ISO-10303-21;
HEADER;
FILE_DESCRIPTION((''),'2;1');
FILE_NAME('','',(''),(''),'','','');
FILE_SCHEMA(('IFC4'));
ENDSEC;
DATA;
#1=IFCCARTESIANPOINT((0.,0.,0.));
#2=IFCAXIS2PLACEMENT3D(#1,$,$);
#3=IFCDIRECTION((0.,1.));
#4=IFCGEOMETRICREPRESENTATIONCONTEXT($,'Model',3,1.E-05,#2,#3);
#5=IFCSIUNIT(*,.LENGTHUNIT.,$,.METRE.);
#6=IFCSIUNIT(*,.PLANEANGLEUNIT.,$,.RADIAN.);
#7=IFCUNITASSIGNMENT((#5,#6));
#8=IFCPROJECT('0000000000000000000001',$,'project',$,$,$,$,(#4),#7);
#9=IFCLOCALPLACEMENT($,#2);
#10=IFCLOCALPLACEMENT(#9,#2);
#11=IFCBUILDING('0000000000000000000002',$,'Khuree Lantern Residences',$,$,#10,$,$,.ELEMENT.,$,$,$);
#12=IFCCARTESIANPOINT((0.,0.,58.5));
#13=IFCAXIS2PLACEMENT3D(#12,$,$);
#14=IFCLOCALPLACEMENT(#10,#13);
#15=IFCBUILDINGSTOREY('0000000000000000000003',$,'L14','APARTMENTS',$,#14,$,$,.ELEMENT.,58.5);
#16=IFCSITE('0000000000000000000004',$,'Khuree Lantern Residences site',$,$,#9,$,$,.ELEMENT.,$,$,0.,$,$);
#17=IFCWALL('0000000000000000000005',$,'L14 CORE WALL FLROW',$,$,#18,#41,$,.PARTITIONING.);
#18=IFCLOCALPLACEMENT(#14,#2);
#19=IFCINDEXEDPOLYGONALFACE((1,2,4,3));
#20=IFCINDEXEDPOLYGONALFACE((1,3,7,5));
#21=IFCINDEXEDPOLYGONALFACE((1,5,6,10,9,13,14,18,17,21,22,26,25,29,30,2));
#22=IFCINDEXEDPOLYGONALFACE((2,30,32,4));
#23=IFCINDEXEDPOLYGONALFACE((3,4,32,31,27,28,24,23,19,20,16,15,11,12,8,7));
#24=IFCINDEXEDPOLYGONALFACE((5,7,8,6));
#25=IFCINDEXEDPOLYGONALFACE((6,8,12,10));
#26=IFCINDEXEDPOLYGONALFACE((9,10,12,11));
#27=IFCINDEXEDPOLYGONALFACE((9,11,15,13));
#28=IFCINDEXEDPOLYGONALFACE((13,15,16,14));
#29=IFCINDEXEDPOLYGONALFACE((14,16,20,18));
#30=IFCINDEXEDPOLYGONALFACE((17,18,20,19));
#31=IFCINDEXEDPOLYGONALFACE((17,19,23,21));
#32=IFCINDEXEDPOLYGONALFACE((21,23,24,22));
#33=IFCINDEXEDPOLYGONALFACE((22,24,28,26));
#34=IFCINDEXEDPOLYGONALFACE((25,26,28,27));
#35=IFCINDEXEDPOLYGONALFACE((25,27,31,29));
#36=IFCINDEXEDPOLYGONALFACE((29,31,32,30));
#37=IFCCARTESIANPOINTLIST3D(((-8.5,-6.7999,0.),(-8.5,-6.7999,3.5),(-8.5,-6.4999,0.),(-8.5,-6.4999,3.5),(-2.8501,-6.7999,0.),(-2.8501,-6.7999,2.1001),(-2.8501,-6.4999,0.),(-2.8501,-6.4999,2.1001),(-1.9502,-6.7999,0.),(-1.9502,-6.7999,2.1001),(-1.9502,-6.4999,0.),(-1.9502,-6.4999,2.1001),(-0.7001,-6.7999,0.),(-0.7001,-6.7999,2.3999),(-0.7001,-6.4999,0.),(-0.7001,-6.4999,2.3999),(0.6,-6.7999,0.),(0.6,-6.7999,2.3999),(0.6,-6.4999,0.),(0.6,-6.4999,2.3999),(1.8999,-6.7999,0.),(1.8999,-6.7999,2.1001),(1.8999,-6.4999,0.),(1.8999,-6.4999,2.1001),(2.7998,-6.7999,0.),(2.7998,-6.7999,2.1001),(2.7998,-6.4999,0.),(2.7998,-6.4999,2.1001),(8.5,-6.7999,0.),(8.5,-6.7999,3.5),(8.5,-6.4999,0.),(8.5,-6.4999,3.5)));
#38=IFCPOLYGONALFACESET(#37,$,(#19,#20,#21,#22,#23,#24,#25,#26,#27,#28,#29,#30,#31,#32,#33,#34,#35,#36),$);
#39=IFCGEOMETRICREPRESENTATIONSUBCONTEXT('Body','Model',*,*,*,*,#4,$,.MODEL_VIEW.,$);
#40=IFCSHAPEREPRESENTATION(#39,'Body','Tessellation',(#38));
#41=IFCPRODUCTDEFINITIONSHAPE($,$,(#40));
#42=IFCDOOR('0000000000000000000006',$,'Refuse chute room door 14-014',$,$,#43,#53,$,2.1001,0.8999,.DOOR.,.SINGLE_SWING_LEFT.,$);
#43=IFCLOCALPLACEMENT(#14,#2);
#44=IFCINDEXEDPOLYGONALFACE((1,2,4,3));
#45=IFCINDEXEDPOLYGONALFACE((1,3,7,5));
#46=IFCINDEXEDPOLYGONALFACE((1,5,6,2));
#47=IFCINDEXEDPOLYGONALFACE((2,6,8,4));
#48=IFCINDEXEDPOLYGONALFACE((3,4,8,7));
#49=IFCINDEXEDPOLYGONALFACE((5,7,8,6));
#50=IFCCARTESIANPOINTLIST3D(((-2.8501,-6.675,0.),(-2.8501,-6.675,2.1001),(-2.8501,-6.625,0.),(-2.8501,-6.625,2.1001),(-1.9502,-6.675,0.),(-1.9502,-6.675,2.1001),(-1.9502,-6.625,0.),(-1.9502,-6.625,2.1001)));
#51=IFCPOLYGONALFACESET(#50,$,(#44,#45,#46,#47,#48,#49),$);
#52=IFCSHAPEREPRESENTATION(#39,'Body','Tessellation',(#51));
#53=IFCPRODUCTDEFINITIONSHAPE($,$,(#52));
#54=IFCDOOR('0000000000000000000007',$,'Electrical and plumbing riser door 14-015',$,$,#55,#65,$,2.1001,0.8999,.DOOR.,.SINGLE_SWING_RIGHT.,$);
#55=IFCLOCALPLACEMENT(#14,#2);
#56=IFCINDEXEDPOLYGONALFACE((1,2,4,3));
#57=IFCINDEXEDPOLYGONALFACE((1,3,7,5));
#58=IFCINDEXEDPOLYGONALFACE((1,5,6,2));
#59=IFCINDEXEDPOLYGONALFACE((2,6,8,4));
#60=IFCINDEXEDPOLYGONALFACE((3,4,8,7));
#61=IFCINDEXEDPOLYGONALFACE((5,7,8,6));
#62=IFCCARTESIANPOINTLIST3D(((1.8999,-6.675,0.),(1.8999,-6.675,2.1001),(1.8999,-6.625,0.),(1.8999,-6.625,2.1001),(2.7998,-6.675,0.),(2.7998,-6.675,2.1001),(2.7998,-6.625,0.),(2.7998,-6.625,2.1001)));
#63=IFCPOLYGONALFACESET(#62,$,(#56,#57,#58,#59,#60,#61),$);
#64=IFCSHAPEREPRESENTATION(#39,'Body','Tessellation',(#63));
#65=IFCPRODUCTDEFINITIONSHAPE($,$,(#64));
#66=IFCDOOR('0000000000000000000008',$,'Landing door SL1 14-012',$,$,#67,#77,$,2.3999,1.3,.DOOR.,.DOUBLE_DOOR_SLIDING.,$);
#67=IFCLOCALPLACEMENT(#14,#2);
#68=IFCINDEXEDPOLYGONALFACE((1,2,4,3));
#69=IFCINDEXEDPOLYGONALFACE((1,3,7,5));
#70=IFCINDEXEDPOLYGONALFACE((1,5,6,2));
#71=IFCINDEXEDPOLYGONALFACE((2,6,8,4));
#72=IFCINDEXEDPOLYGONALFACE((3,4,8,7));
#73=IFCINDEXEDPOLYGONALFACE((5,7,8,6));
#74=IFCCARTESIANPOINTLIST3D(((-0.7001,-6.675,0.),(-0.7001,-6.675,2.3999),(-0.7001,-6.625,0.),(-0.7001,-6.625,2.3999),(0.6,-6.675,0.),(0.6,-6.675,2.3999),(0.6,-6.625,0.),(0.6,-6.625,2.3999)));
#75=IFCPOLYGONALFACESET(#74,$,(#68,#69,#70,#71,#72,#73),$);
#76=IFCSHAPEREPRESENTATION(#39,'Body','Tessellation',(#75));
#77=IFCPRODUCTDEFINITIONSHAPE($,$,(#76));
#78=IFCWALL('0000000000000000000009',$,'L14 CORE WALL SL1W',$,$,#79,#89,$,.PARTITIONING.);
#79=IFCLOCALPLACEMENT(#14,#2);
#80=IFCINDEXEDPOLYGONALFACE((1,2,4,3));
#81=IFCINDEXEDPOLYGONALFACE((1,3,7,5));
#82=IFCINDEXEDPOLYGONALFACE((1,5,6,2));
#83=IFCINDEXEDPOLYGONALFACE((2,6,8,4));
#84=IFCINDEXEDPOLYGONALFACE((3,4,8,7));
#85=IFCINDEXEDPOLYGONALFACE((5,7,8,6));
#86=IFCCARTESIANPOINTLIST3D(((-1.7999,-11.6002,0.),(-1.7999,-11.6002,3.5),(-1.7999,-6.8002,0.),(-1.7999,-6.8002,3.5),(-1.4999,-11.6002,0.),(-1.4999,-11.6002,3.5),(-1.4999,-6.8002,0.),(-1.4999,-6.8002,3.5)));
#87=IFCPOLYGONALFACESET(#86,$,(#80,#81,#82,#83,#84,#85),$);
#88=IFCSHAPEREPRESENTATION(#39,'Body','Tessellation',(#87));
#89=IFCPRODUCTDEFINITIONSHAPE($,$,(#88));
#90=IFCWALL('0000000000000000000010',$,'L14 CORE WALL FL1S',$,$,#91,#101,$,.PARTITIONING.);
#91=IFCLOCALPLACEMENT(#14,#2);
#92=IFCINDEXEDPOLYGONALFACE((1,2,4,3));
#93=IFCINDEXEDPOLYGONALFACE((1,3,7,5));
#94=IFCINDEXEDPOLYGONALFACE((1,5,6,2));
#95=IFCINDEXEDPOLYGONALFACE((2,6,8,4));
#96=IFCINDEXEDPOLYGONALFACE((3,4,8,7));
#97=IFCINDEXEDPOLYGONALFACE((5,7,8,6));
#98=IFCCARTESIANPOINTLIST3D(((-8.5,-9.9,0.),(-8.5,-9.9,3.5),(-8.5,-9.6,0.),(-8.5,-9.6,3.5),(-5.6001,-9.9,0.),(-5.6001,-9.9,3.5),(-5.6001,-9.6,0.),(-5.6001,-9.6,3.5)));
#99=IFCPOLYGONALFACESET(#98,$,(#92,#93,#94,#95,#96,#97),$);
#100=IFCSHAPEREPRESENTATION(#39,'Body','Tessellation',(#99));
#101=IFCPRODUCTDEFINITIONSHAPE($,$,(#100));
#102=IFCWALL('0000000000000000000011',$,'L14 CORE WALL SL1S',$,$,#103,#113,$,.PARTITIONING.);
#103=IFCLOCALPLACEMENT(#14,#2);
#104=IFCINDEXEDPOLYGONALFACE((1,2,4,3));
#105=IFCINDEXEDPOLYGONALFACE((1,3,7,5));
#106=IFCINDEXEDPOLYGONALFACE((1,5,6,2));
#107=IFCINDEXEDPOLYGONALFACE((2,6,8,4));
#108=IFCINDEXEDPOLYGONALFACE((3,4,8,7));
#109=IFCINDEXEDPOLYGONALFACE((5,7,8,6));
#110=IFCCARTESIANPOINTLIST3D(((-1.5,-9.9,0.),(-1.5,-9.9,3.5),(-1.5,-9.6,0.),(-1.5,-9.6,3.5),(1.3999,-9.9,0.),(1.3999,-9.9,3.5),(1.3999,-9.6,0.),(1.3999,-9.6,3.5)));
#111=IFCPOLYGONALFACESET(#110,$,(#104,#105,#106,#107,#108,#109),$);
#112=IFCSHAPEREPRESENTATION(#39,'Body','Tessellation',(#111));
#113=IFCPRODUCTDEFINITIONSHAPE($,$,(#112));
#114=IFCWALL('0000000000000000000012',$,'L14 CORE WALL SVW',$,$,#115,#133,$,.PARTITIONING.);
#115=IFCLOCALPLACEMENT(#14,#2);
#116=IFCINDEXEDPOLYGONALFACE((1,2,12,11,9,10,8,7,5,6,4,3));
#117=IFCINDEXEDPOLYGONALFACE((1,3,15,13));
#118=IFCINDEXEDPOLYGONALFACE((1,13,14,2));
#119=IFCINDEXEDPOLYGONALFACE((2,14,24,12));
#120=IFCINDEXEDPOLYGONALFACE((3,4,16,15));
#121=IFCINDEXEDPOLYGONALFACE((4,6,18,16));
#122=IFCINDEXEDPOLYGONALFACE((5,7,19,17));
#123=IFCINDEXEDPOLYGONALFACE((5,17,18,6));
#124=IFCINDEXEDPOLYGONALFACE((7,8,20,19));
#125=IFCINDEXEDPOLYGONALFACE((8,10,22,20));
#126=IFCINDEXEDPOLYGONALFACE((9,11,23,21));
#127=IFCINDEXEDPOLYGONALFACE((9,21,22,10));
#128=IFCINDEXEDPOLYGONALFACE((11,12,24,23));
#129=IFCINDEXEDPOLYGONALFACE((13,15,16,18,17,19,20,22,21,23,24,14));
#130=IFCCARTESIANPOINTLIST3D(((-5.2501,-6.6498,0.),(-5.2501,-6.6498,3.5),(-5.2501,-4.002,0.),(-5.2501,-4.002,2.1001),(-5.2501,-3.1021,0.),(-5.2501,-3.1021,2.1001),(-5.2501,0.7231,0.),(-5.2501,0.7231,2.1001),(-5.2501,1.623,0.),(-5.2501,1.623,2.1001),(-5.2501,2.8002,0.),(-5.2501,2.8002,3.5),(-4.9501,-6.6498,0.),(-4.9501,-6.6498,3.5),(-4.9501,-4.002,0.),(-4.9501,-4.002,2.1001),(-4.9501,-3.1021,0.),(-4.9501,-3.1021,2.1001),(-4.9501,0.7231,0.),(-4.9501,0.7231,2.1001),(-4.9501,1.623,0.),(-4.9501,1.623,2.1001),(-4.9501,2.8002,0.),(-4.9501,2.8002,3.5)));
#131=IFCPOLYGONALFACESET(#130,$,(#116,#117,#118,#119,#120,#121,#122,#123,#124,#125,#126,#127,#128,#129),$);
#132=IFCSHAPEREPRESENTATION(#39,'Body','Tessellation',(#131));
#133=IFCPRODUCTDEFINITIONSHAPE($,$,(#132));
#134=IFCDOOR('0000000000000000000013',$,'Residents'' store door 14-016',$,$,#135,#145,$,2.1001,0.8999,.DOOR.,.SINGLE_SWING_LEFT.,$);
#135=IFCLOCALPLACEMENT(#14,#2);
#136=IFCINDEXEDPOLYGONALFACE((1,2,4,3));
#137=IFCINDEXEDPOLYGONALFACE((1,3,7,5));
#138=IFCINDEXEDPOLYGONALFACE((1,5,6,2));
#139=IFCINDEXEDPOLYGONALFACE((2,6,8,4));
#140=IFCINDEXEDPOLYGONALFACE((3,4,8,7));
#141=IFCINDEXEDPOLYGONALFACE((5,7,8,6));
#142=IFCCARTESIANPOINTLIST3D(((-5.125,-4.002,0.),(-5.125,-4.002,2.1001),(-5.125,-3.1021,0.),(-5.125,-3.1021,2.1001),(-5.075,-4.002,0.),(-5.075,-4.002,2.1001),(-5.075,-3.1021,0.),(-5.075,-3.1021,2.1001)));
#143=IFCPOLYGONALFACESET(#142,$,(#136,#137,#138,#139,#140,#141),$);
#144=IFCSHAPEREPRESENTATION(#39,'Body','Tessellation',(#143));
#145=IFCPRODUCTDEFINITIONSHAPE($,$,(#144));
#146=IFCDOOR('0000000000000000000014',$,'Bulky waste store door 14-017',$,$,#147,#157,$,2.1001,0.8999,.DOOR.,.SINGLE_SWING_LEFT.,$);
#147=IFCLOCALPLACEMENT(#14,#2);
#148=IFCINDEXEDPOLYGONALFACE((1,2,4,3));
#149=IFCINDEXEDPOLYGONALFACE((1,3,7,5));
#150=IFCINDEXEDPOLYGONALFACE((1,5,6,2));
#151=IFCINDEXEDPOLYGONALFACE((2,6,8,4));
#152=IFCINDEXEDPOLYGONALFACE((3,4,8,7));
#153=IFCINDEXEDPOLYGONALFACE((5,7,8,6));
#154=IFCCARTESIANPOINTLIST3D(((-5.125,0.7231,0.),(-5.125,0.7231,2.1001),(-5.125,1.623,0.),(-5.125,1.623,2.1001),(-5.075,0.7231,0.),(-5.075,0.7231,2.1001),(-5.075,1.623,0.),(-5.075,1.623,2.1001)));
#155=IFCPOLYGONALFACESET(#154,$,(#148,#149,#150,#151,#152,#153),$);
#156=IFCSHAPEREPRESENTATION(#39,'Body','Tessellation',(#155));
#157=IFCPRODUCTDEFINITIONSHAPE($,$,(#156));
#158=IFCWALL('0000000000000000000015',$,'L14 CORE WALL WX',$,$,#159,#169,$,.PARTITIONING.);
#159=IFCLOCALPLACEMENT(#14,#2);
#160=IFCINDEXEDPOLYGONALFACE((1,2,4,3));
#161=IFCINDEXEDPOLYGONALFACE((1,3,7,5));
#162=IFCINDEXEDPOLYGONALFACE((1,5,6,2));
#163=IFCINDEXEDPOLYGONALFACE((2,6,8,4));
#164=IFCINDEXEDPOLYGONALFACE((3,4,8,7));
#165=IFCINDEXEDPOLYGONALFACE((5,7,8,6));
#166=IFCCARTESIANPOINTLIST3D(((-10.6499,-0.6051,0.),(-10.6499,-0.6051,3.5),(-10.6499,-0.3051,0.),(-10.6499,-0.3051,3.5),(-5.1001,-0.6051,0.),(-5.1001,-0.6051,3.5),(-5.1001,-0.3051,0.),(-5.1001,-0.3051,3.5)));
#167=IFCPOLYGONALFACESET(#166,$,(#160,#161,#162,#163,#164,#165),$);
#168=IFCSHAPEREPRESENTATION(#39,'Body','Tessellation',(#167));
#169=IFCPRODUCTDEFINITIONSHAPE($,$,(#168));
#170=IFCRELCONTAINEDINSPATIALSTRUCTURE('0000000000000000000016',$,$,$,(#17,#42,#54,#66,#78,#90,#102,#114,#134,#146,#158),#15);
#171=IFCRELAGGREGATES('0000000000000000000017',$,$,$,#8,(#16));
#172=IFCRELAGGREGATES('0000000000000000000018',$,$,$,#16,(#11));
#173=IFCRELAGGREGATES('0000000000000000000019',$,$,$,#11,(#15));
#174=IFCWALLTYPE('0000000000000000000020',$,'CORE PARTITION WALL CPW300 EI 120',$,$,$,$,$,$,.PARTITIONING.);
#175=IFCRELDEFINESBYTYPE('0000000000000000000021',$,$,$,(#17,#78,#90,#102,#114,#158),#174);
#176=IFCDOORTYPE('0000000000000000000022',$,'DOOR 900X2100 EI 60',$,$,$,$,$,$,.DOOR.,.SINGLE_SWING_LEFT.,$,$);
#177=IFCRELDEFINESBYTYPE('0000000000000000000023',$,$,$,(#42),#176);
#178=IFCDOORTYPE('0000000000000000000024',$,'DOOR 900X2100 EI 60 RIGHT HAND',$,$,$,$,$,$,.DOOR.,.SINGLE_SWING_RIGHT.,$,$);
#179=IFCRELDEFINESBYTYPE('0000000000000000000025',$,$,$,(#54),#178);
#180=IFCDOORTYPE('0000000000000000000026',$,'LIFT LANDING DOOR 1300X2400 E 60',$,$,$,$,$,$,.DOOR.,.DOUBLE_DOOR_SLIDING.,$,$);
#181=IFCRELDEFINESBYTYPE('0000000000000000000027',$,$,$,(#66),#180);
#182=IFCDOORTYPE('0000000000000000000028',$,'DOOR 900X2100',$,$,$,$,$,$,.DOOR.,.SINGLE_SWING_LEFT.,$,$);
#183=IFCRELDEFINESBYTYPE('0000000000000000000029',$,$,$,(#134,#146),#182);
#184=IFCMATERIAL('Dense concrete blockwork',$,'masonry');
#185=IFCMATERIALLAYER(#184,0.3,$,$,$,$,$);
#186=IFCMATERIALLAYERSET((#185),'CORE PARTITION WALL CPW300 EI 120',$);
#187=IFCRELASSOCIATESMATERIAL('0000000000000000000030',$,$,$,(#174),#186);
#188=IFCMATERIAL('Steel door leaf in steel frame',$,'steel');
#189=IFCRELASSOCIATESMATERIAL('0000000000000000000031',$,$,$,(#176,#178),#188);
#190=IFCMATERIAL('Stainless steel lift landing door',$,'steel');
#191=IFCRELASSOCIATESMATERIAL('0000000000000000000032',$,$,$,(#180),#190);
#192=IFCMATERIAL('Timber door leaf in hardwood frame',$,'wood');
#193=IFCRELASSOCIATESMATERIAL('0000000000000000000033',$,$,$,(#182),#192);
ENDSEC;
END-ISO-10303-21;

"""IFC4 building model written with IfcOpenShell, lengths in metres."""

from ifc_helpers import new_model, si_unit, direction, frame, frame_2d, origin, place, context, subcontext, project, spatial, rectangle, extrude, material, layer, layer_set, type_object, element, fill, save


model = new_model("IFC4")

# Units and contexts
model_context = context("Model", 3, precision=1e-05, world=origin(), true_north=direction((0.0, 1.0)))
body_context = subcontext(model_context, "Body", "Model", "MODEL_VIEW")
ifc_project = project(units=[si_unit("LENGTHUNIT", "METRE"), si_unit("PLANEANGLEUNIT", "RADIAN")], contexts=[model_context])

# Site, building, storey
site_placement = place(None, origin())
site = spatial("IfcSite", under=ifc_project, at=site_placement, Name="Khuree Lantern Residences site", CompositionType="ELEMENT", RefElevation=0.0)
building_placement = place(site_placement, origin())
building = spatial("IfcBuilding", under=site, at=building_placement, Name="Khuree Lantern Residences", CompositionType="ELEMENT")
storey_placement = place(building_placement, frame((0.0, 0.0, 58.5)))
storey = spatial("IfcBuildingStorey", under=building, at=storey_placement, Name="L14", Description="APARTMENTS", CompositionType="ELEMENT", Elevation=58.5)

# Wall, openings, doors
ifc_material_1 = material(Name="Dense concrete blockwork", Category="masonry")
ifc_layer_1 = layer(ifc_material_1, 0.3)
ifc_layer_set_1 = layer_set([ifc_layer_1], Name="CORE PARTITION WALL CPW300 EI 120")
wall_type_1 = type_object("IfcWallType", Name="CORE PARTITION WALL CPW300 EI 120", PredefinedType="PARTITIONING", material=ifc_layer_set_1)
wall_1_placement = place(storey_placement, frame((-8.5, -6.6499, 0.0), z_axis=(0.0, 0.0, 1.0), x_axis=(1.0, 0.0, 0.0)))
wall_1 = element("IfcWall", 1, at=wall_1_placement, inside=storey, type_object=wall_type_1, Name="L14 CORE WALL FLROW", PredefinedType="PARTITIONING", context=body_context, shape_type="SweptSolid", body=[
    extrude(rectangle(XDim=17.0, YDim=0.3, at=frame_2d((8.5, 0.0))), origin(), (0.0, 0.0, 1.0), 3.5),
])
opening_1_placement = place(wall_1_placement, frame((7.8, 0.0, 0.0)))
opening_1 = element("IfcOpeningElement", 2, at=opening_1_placement, cuts=wall_1, PredefinedType="OPENING", context=body_context, shape_type="SweptSolid", body=[
    extrude(rectangle(XDim=1.3, YDim=2.3999, at=frame_2d((0.6499, 1.2))), frame((0.0, 0.1602, 0.0), z_axis=(0.0, -1.0, 0.0), x_axis=(1.0, 0.0, 0.0)), (0.0, 0.0, 1.0), 0.3201),
])
opening_2_placement = place(wall_1_placement, frame((5.6499, 0.0, 0.0)))
opening_2 = element("IfcOpeningElement", 3, at=opening_2_placement, cuts=wall_1, PredefinedType="OPENING", context=body_context, shape_type="SweptSolid", body=[
    extrude(rectangle(XDim=0.8999, YDim=2.1001, at=frame_2d((0.45, 1.05))), frame((0.0, 0.1602, 0.0), z_axis=(0.0, -1.0, 0.0), x_axis=(1.0, 0.0, 0.0)), (0.0, 0.0, 1.0), 0.3201),
])
opening_3_placement = place(wall_1_placement, frame((10.3999, 0.0, 0.0)))
opening_3 = element("IfcOpeningElement", 4, at=opening_3_placement, cuts=wall_1, PredefinedType="OPENING", context=body_context, shape_type="SweptSolid", body=[
    extrude(rectangle(XDim=0.8999, YDim=2.1001, at=frame_2d((0.45, 1.05))), frame((0.0, 0.1602, 0.0), z_axis=(0.0, -1.0, 0.0), x_axis=(1.0, 0.0, 0.0)), (0.0, 0.0, 1.0), 0.3201),
])
ifc_material_2 = material(Name="Steel door leaf in steel frame", Category="steel")
door_type_1 = type_object("IfcDoorType", Name="DOOR 900X2100 EI 60", OperationType="SINGLE_SWING_LEFT", PredefinedType="DOOR", material=ifc_material_2)
door_1_placement = place(opening_2_placement, origin())
door_1 = element("IfcDoor", 5, at=door_1_placement, inside=storey, type_object=door_type_1, Name="Refuse chute room door 14-014", OperationType="SINGLE_SWING_LEFT", OverallHeight=2.1001, OverallWidth=0.8999, PredefinedType="DOOR", context=body_context, shape_type="SweptSolid", body=[
    extrude(rectangle(XDim=0.8999, YDim=2.1001, at=frame_2d((0.45, 1.05))), frame((0.0, 0.0249, 0.0), z_axis=(0.0, -1.0, 0.0), x_axis=(1.0, 0.0, 0.0)), (0.0, 0.0, 1.0), 0.05),
])
fill(opening_2, door_1)
door_type_2 = type_object("IfcDoorType", Name="DOOR 900X2100 EI 60 RIGHT HAND", OperationType="SINGLE_SWING_RIGHT", PredefinedType="DOOR", material=ifc_material_2)
door_2_placement = place(opening_3_placement, origin())
door_2 = element("IfcDoor", 6, at=door_2_placement, inside=storey, type_object=door_type_2, Name="Electrical and plumbing riser door 14-015", OperationType="SINGLE_SWING_RIGHT", OverallHeight=2.1001, OverallWidth=0.8999, PredefinedType="DOOR", context=body_context, shape_type="SweptSolid", body=[
    extrude(rectangle(XDim=0.8999, YDim=2.1001, at=frame_2d((0.45, 1.05))), frame((0.0, 0.0249, 0.0), z_axis=(0.0, -1.0, 0.0), x_axis=(1.0, 0.0, 0.0)), (0.0, 0.0, 1.0), 0.05),
])
fill(opening_3, door_2)
ifc_material_3 = material(Name="Stainless steel lift landing door", Category="steel")
door_type_3 = type_object("IfcDoorType", Name="LIFT LANDING DOOR 1300X2400 E 60", OperationType="DOUBLE_DOOR_SLIDING", PredefinedType="DOOR", material=ifc_material_3)
door_3_placement = place(opening_1_placement, origin())
door_3 = element("IfcDoor", 7, at=door_3_placement, inside=storey, type_object=door_type_3, Name="Landing door SL1 14-012", OperationType="DOUBLE_DOOR_SLIDING", OverallHeight=2.3999, OverallWidth=1.3, PredefinedType="DOOR", context=body_context, shape_type="SweptSolid", body=[
    extrude(rectangle(XDim=1.3, YDim=2.3999, at=frame_2d((0.6499, 1.2))), frame((0.0, 0.0249, 0.0), z_axis=(0.0, -1.0, 0.0), x_axis=(1.0, 0.0, 0.0)), (0.0, 0.0, 1.0), 0.05),
])
fill(opening_1, door_3)

# Walls
wall_2_placement = place(storey_placement, frame((-1.6499, -11.6001, 0.0), z_axis=(0.0, 0.0, 1.0), x_axis=(0.0, 1.0, 0.0)))
element("IfcWall", 8, at=wall_2_placement, inside=storey, type_object=wall_type_1, Name="L14 CORE WALL SL1W", PredefinedType="PARTITIONING", context=body_context, shape_type="SweptSolid", body=[
    extrude(rectangle(XDim=4.8, YDim=0.3, at=frame_2d((2.3999, 0.0))), origin(), (0.0, 0.0, 1.0), 3.5),
])
for number, where, z_axis, x_axis, name in (
    (9, (-8.5, -9.75, 0.0), (0.0, 0.0, 1.0), (1.0, 0.0, 0.0), "L14 CORE WALL FL1S"),
    (10, (-1.5, -9.75, 0.0), (0.0, 0.0, 1.0), (1.0, 0.0, 0.0), "L14 CORE WALL SL1S"),
):
    element("IfcWall", number, at=place(storey_placement, frame(where, z_axis=z_axis, x_axis=x_axis)), inside=storey, type_object=wall_type_1, Name=name, PredefinedType="PARTITIONING", context=body_context, shape_type="SweptSolid", body=[
        extrude(rectangle(XDim=2.8999, YDim=0.3, at=frame_2d((1.45, 0.0))), origin(), (0.0, 0.0, 1.0), 3.5),
    ])

# Wall, openings, doors
wall_3_placement = place(storey_placement, frame((-5.1001, -6.6499, 0.0), z_axis=(0.0, 0.0, 1.0), x_axis=(0.0, 1.0, 0.0)))
wall_3 = element("IfcWall", 11, at=wall_3_placement, inside=storey, type_object=wall_type_1, Name="L14 CORE WALL SVW", PredefinedType="PARTITIONING", context=body_context, shape_type="SweptSolid", body=[
    extrude(rectangle(XDim=9.45, YDim=0.3, at=frame_2d((4.7251, 0.0))), origin(), (0.0, 0.0, 1.0), 3.5),
])
opening_4_placement = place(wall_3_placement, frame((2.6479, 0.0, 0.0)))
opening_4 = element("IfcOpeningElement", 12, at=opening_4_placement, cuts=wall_3, PredefinedType="OPENING", context=body_context, shape_type="SweptSolid", body=[
    extrude(rectangle(XDim=0.8999, YDim=2.1001, at=frame_2d((0.45, 1.05))), frame((0.0, 0.1602, 0.0), z_axis=(0.0, -1.0, 0.0), x_axis=(1.0, 0.0, 0.0)), (0.0, 0.0, 1.0), 0.3201),
])
opening_5_placement = place(wall_3_placement, frame((7.373, 0.0, 0.0)))
opening_5 = element("IfcOpeningElement", 13, at=opening_5_placement, cuts=wall_3, PredefinedType="OPENING", context=body_context, shape_type="SweptSolid", body=[
    extrude(rectangle(XDim=0.8999, YDim=2.1001, at=frame_2d((0.45, 1.05))), frame((0.0, 0.1602, 0.0), z_axis=(0.0, -1.0, 0.0), x_axis=(1.0, 0.0, 0.0)), (0.0, 0.0, 1.0), 0.3201),
])
ifc_material_4 = material(Name="Timber door leaf in hardwood frame", Category="wood")
door_type_4 = type_object("IfcDoorType", Name="DOOR 900X2100", OperationType="SINGLE_SWING_LEFT", PredefinedType="DOOR", material=ifc_material_4)
door_4_placement = place(opening_4_placement, origin())
door_4 = element("IfcDoor", 14, at=door_4_placement, inside=storey, type_object=door_type_4, Name="Residents' store door 14-016", OperationType="SINGLE_SWING_LEFT", OverallHeight=2.1001, OverallWidth=0.8999, PredefinedType="DOOR", context=body_context, shape_type="SweptSolid", body=[
    extrude(rectangle(XDim=0.8999, YDim=2.1001, at=frame_2d((0.45, 1.05))), frame((0.0, 0.0249, 0.0), z_axis=(0.0, -1.0, 0.0), x_axis=(1.0, 0.0, 0.0)), (0.0, 0.0, 1.0), 0.05),
])
fill(opening_4, door_4)
door_5_placement = place(opening_5_placement, origin())
door_5 = element("IfcDoor", 15, at=door_5_placement, inside=storey, type_object=door_type_4, Name="Bulky waste store door 14-017", OperationType="SINGLE_SWING_LEFT", OverallHeight=2.1001, OverallWidth=0.8999, PredefinedType="DOOR", context=body_context, shape_type="SweptSolid", body=[
    extrude(rectangle(XDim=0.8999, YDim=2.1001, at=frame_2d((0.45, 1.05))), frame((0.0, 0.0249, 0.0), z_axis=(0.0, -1.0, 0.0), x_axis=(1.0, 0.0, 0.0)), (0.0, 0.0, 1.0), 0.05),
])
fill(opening_5, door_5)

# Wall
wall_4_placement = place(storey_placement, frame((-10.6499, -0.4551, 0.0), z_axis=(0.0, 0.0, 1.0), x_axis=(1.0, 0.0, 0.0)))
element("IfcWall", 16, at=wall_4_placement, inside=storey, type_object=wall_type_1, Name="L14 CORE WALL WX", PredefinedType="PARTITIONING", context=body_context, shape_type="SweptSolid", body=[
    extrude(rectangle(XDim=5.5498, YDim=0.3, at=frame_2d((2.7749, 0.0))), origin(), (0.0, 0.0, 1.0), 3.5),
])

save(model, "model.ifc")
